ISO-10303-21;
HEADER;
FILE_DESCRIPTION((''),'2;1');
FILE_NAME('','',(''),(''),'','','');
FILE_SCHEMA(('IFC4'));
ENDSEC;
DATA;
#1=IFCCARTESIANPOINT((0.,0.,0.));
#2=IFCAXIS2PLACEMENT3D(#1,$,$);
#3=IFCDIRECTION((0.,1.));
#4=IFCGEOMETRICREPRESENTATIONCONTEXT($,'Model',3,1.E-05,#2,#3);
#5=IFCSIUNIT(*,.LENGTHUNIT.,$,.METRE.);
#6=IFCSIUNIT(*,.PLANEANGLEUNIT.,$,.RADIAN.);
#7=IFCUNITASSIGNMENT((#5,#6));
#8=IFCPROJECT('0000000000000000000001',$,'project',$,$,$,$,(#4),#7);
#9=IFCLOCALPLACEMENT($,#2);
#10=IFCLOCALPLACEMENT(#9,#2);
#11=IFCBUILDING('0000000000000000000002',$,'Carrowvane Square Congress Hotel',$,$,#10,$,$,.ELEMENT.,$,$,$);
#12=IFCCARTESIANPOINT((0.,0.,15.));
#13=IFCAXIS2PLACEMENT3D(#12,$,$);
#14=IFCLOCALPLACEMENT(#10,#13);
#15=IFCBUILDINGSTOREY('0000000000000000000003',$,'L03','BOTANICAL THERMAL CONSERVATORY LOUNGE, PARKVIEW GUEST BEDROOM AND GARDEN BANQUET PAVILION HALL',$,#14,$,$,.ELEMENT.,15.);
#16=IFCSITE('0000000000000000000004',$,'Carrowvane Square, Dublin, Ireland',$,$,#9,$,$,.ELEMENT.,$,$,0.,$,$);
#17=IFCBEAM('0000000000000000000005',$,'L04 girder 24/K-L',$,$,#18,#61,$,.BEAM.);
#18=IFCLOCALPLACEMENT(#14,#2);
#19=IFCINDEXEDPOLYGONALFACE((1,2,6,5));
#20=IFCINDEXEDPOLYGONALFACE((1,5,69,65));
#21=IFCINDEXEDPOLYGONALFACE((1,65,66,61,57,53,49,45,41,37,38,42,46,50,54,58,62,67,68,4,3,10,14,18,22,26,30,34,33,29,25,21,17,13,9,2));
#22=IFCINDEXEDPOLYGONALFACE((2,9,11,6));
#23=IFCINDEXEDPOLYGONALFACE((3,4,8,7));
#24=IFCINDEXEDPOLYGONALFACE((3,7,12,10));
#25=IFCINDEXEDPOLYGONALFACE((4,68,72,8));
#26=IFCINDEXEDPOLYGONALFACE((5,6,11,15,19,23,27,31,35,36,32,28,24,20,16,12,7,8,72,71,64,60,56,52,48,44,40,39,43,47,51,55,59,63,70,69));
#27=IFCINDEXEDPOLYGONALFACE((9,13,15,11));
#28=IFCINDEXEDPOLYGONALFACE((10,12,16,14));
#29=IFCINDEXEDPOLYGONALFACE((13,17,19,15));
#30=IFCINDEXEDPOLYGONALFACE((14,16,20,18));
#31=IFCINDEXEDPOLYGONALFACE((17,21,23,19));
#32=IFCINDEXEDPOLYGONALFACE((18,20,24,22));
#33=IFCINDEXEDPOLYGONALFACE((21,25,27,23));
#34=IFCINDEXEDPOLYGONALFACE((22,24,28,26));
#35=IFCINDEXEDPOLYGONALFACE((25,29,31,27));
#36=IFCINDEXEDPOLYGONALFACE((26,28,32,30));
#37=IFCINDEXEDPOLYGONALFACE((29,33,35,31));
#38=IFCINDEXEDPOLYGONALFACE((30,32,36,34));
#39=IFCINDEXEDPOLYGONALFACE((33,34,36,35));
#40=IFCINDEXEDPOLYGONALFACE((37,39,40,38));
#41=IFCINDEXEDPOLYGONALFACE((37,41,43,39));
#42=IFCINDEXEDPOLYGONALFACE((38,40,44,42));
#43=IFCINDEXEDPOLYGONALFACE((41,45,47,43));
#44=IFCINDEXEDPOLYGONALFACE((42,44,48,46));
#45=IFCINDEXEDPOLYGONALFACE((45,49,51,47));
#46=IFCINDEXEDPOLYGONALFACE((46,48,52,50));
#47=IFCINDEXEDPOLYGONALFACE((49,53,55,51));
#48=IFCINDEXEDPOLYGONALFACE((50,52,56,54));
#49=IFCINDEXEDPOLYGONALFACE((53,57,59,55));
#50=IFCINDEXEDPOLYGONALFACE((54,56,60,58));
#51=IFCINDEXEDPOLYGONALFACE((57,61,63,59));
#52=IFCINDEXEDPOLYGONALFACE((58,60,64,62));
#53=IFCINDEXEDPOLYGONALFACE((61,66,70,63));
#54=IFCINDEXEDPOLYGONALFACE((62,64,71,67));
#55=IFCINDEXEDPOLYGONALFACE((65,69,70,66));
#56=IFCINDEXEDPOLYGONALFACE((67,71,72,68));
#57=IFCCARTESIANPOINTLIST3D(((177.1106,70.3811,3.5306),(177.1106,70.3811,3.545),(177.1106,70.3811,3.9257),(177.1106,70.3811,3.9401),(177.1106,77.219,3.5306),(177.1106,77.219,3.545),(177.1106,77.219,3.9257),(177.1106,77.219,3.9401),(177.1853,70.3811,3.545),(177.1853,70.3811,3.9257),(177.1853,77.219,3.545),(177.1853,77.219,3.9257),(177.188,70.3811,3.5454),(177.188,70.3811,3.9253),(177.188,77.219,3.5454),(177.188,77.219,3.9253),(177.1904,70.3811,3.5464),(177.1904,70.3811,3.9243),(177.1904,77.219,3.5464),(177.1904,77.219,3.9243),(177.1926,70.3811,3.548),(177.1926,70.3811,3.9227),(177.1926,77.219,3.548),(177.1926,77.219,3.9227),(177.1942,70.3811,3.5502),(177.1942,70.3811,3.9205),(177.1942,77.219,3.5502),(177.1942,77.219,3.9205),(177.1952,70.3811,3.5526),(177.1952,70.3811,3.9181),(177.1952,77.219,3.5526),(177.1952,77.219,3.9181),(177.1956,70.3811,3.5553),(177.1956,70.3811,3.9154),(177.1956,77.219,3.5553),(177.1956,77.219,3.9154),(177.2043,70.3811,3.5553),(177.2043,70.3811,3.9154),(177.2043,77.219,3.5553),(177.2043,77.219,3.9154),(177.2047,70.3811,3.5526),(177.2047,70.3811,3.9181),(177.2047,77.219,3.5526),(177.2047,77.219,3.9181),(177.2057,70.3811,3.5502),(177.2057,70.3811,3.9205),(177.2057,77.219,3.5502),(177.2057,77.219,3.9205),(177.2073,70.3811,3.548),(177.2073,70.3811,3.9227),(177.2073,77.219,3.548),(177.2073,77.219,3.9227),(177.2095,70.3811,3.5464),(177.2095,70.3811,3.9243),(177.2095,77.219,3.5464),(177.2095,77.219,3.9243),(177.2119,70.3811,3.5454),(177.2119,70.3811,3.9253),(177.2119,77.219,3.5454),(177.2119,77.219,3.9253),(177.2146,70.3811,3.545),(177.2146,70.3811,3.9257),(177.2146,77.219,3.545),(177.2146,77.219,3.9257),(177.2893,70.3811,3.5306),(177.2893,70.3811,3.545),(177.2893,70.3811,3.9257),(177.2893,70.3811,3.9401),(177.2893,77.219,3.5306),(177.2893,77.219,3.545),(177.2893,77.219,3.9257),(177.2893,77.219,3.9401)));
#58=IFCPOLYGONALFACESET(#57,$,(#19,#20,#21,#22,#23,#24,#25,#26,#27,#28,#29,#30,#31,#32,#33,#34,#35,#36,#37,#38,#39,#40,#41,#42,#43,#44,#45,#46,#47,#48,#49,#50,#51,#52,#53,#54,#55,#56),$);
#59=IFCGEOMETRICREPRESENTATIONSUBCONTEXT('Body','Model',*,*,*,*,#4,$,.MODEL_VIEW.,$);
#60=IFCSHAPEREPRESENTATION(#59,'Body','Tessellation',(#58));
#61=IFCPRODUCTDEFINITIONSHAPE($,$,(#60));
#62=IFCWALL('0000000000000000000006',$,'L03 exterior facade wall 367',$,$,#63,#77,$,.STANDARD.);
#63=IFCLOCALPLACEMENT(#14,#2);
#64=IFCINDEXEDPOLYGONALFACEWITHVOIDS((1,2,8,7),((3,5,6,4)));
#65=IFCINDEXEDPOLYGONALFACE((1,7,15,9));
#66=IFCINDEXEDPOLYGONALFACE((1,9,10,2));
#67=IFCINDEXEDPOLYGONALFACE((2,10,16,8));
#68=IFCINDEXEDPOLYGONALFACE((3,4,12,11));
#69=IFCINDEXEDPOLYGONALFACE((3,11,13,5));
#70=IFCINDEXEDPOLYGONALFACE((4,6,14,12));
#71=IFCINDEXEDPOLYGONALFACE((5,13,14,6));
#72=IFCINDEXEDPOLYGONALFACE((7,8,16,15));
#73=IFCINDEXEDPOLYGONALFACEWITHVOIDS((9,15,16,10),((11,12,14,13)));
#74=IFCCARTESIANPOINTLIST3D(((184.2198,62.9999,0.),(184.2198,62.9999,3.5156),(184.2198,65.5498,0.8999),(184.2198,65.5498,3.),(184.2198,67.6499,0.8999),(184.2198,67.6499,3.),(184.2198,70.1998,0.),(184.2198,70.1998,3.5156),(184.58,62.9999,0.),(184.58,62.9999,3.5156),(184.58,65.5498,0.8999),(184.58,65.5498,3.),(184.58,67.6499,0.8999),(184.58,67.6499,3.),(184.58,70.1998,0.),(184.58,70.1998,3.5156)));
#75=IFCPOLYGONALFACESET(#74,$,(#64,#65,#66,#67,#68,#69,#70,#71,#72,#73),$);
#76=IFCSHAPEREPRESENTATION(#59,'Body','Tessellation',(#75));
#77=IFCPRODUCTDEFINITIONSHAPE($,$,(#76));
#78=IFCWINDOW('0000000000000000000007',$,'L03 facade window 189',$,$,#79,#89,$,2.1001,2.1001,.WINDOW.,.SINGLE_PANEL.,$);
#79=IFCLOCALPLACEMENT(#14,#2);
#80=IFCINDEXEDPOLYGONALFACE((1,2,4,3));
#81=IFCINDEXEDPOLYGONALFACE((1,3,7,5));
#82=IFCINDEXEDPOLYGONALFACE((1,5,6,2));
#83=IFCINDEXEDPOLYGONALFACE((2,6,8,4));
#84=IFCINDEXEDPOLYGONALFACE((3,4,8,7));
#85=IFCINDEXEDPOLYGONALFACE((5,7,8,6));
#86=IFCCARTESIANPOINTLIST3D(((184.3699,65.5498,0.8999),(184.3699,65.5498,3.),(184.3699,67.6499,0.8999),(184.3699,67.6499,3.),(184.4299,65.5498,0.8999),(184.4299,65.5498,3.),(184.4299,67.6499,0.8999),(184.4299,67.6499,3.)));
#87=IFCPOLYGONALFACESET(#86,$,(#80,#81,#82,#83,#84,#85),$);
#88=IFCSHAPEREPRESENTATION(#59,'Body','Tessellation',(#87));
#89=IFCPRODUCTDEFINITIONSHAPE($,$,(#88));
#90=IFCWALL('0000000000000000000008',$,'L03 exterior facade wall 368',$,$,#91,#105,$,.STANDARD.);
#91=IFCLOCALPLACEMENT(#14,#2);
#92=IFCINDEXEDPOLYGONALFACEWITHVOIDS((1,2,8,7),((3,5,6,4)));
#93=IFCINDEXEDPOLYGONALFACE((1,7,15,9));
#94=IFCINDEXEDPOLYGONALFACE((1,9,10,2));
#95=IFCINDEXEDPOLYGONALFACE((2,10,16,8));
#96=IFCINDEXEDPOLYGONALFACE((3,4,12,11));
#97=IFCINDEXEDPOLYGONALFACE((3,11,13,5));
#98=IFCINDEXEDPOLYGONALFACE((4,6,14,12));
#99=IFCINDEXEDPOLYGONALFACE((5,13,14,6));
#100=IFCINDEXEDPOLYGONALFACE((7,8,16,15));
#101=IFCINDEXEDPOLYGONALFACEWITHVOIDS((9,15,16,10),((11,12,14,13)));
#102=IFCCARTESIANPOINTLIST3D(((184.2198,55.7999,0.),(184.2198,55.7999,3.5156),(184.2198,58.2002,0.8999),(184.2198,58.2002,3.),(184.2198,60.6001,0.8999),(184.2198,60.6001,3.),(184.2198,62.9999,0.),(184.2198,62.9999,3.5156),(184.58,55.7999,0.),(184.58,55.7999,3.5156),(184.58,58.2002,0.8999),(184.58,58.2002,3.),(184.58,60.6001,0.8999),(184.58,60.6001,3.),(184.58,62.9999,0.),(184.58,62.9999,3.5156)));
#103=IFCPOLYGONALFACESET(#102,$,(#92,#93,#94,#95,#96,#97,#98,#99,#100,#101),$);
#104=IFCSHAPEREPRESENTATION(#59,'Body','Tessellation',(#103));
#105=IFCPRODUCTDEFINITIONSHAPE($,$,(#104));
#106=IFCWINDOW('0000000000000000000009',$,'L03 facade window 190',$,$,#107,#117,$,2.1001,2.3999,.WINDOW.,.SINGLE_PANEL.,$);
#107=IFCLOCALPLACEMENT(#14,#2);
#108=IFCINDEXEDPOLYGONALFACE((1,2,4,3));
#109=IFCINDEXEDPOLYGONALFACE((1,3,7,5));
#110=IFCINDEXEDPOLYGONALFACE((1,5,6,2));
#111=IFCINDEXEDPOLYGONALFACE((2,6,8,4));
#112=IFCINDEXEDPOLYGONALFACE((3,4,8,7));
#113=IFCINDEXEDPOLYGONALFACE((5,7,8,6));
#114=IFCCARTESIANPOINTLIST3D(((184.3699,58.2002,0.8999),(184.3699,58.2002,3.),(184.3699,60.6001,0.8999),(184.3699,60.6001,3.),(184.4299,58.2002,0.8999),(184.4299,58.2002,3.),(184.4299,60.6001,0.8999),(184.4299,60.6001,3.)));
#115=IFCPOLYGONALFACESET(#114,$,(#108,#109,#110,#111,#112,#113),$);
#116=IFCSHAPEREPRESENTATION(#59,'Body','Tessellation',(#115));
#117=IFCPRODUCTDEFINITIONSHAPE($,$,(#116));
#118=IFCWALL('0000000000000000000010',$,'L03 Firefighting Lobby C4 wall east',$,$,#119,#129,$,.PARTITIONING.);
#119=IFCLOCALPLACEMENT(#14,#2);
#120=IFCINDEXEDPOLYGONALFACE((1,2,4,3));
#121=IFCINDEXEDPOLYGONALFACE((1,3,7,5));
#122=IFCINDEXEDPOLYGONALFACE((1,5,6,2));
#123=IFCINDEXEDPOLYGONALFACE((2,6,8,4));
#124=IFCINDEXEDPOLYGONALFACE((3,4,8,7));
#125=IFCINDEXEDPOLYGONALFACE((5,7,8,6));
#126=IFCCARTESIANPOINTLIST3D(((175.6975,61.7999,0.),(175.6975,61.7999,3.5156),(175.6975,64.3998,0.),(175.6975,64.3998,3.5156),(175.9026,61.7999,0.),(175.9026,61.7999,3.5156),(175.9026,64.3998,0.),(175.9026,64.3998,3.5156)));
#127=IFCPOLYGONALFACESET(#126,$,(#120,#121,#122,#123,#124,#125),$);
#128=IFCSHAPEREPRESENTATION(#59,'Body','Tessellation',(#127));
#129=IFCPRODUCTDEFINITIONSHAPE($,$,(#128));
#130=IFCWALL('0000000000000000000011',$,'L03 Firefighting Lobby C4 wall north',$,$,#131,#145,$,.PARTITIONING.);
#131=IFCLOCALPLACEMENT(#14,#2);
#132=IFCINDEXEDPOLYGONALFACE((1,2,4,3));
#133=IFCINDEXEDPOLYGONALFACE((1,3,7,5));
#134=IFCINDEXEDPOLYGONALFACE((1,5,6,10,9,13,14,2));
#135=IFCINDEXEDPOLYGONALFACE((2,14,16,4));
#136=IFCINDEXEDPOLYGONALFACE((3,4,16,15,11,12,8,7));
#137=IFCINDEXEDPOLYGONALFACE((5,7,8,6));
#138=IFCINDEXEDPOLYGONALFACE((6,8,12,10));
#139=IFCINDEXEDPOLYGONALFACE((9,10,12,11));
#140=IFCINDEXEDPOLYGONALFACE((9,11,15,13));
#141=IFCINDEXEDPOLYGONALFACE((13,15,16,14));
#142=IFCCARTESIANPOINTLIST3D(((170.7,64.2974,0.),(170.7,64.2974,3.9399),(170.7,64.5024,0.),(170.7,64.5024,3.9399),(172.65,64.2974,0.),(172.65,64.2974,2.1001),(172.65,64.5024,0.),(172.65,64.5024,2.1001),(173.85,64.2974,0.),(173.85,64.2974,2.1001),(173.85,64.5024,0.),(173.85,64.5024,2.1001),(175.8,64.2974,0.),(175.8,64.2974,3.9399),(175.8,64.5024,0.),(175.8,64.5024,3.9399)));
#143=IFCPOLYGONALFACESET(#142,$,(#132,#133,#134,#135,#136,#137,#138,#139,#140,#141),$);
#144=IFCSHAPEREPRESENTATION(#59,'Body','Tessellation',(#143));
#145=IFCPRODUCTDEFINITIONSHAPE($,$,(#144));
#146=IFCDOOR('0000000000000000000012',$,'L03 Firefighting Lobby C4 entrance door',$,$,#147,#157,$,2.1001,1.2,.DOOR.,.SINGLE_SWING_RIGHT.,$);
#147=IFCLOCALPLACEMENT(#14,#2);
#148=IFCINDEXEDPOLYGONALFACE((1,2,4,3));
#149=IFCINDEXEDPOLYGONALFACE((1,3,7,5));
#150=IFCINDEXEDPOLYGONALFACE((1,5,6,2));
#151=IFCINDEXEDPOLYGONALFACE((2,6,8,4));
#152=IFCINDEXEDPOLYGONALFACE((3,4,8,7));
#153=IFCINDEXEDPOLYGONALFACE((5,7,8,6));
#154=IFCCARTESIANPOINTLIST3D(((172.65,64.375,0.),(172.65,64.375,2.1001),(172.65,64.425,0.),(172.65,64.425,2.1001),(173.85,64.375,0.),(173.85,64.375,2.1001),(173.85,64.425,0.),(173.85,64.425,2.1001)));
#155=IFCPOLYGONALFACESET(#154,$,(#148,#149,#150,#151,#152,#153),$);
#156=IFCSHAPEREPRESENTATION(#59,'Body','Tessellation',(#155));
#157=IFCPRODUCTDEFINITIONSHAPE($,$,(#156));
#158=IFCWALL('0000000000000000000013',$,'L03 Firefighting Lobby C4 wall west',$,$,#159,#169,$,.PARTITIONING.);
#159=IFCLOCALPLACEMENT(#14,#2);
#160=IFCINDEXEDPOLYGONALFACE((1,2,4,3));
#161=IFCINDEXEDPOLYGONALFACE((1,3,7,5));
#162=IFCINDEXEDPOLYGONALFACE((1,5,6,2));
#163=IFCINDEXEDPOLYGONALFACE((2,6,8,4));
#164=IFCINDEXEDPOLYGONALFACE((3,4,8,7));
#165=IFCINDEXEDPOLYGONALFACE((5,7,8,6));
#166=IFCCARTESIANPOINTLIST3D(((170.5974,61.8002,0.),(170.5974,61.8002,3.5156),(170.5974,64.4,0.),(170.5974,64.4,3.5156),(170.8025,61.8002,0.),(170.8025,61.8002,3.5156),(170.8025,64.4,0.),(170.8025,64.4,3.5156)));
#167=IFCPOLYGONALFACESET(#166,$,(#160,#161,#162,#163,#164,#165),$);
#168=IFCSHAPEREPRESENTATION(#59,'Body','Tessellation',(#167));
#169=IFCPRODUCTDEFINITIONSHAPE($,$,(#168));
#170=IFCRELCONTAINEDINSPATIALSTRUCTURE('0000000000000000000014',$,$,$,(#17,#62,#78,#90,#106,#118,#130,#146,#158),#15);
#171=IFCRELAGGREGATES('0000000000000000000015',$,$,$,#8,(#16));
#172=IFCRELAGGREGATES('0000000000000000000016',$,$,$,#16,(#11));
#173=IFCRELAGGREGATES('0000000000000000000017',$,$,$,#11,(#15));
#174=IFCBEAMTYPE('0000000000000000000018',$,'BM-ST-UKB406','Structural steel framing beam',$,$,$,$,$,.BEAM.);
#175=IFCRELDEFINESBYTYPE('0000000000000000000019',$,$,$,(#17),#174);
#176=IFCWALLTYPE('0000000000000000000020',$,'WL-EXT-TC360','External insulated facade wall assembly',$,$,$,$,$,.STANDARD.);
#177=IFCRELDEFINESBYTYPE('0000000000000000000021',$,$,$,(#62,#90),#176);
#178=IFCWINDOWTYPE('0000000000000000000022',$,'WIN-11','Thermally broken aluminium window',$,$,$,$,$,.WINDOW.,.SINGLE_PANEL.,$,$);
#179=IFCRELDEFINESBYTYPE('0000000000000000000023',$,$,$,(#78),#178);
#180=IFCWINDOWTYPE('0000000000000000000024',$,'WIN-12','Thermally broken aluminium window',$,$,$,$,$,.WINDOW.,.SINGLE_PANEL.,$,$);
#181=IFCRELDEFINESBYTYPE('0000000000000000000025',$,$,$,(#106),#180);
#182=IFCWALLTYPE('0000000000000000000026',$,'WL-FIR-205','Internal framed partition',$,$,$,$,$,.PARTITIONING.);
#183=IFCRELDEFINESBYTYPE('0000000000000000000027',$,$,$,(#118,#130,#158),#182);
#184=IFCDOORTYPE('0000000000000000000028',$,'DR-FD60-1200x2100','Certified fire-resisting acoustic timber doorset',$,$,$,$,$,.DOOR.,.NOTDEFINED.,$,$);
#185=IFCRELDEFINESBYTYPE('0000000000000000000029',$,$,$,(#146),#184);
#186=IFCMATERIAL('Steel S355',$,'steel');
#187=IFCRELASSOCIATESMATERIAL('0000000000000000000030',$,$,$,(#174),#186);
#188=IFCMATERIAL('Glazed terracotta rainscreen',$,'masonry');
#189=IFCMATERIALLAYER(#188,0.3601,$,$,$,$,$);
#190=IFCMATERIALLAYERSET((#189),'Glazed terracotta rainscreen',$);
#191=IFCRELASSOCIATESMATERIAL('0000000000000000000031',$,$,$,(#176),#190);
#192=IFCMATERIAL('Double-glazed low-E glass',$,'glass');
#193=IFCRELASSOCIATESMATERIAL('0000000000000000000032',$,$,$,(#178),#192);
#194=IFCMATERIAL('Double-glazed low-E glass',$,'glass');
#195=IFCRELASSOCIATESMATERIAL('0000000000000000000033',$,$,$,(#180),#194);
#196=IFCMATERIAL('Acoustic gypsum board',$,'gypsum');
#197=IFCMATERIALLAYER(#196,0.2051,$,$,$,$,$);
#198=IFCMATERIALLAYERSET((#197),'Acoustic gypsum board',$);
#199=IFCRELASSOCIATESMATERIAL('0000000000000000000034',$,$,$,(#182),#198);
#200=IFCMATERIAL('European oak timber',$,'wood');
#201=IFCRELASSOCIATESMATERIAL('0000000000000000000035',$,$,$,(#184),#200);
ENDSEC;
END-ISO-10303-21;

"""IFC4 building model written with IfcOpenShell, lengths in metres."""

from ifc_helpers import new_model, si_unit, direction, frame, frame_2d, origin, origin_2d, place, context, subcontext, project, spatial, rectangle, i_section, extrude, material, layer, layer_set, material_profile, profile_set, type_object, element, fill, save


model = new_model("IFC4")

# Units and contexts
model_context = context("Model", 3, precision=1e-05, world=origin(), true_north=direction((0.0, 1.0)))
body_context = subcontext(model_context, "Body", "Model", "MODEL_VIEW")
ifc_project = project(units=[si_unit("LENGTHUNIT", "METRE"), si_unit("PLANEANGLEUNIT", "RADIAN")], contexts=[model_context])

# Site, building, storey
site_placement = place(None, origin())
site = spatial("IfcSite", under=ifc_project, at=site_placement, Name="Carrowvane Square, Dublin, Ireland", CompositionType="ELEMENT", RefElevation=0.0)
building_placement = place(site_placement, origin())
building = spatial("IfcBuilding", under=site, at=building_placement, Name="Carrowvane Square Congress Hotel", CompositionType="ELEMENT")
storey_placement = place(building_placement, frame((0.0, 0.0, 15.0)))
storey = spatial("IfcBuildingStorey", under=building, at=storey_placement, Name="L03", Description="BOTANICAL THERMAL CONSERVATORY LOUNGE, PARKVIEW GUEST BEDROOM AND GARDEN BANQUET PAVILION HALL", CompositionType="ELEMENT", Elevation=15.0)

# Beam
ifc_material_1 = material(Name="Steel S355", Category="steel")
ifc_material_profile_1 = material_profile(ifc_material_1, i_section(OverallWidth=0.1787, OverallDepth=0.4094, WebThickness=0.0088, FlangeThickness=0.0144, FilletRadius=0.0103, at=origin_2d()), Name="UKB 406x178x67")
ifc_profile_set_1 = profile_set([ifc_material_profile_1], Name="Steel S355")
beam_type_1 = type_object("IfcBeamType", Name="BM-ST-UKB406", Description="Structural steel framing beam", PredefinedType="BEAM", material=ifc_profile_set_1)
beam_1_placement = place(storey_placement, frame((177.2, 70.3811, 3.7354), z_axis=(0.0, 1.0, 0.0), x_axis=(-1.0, 0.0, 0.0)))
element("IfcBeam", 1, at=beam_1_placement, inside=storey, type_object=beam_type_1, Name="L04 girder 24/K-L", PredefinedType="BEAM", context=body_context, shape_type="SweptSolid", body=[
    extrude(i_section(OverallWidth=0.1787, OverallDepth=0.4094, WebThickness=0.0088, FlangeThickness=0.0144, FilletRadius=0.0103, at=origin_2d()), origin(), (0.0, 0.0, 1.0), 6.8379),
])

# Walls, openings, windows
ifc_material_2 = material(Name="Glazed terracotta rainscreen", Category="masonry")
ifc_layer_1 = layer(ifc_material_2, 0.3601)
ifc_layer_set_1 = layer_set([ifc_layer_1], Name="Glazed terracotta rainscreen")
wall_type_1 = type_object("IfcWallType", Name="WL-EXT-TC360", Description="External insulated facade wall assembly", PredefinedType="STANDARD", material=ifc_layer_set_1)
wall_1_placement = place(storey_placement, frame((184.3999, 70.2, 0.0), z_axis=(0.0, 0.0, 1.0), x_axis=(0.0, -1.0, 0.0)))
wall_1 = element("IfcWall", 2, at=wall_1_placement, inside=storey, type_object=wall_type_1, Name="L03 exterior facade wall 367", PredefinedType="STANDARD", context=body_context, shape_type="SweptSolid", body=[
    extrude(rectangle(XDim=7.2, YDim=0.3601, at=frame_2d((3.6001, 0.0))), origin(), (0.0, 0.0, 1.0), 3.5156),
])
opening_1_placement = place(wall_1_placement, frame((2.55, 0.0, 0.8999)))
opening_1 = element("IfcOpeningElement", 3, at=opening_1_placement, cuts=wall_1, PredefinedType="OPENING", context=body_context, shape_type="SweptSolid", body=[
    extrude(rectangle(XDim=2.1001, YDim=2.1001, at=frame_2d((1.05, 1.05))), frame((0.0, 0.1899, 0.0), z_axis=(0.0, -1.0, 0.0), x_axis=(1.0, 0.0, 0.0)), (0.0, 0.0, 1.0), 0.3801),
])
ifc_material_3 = material(Name="Double-glazed low-E glass", Category="glass")
window_type_1 = type_object("IfcWindowType", Name="WIN-11", Description="Thermally broken aluminium window", PartitioningType="SINGLE_PANEL", PredefinedType="WINDOW", material=ifc_material_3)
window_1_placement = place(opening_1_placement, origin())
window_1 = element("IfcWindow", 4, at=window_1_placement, inside=storey, type_object=window_type_1, Name="L03 facade window 189", OverallHeight=2.1001, OverallWidth=2.1001, PartitioningType="SINGLE_PANEL", PredefinedType="WINDOW", context=body_context, shape_type="SweptSolid", body=[
    extrude(rectangle(XDim=2.1001, YDim=2.1001, at=frame_2d((1.05, 1.05))), frame((0.0, 0.03, 0.0), z_axis=(0.0, -1.0, 0.0), x_axis=(1.0, 0.0, 0.0)), (0.0, 0.0, 1.0), 0.0601),
])
fill(opening_1, window_1)
wall_2_placement = place(storey_placement, frame((184.3999, 63.0, 0.0), z_axis=(0.0, 0.0, 1.0), x_axis=(0.0, -1.0, 0.0)))
wall_2 = element("IfcWall", 5, at=wall_2_placement, inside=storey, type_object=wall_type_1, Name="L03 exterior facade wall 368", PredefinedType="STANDARD", context=body_context, shape_type="SweptSolid", body=[
    extrude(rectangle(XDim=7.2, YDim=0.3601, at=frame_2d((3.6001, 0.0))), origin(), (0.0, 0.0, 1.0), 3.5156),
])
opening_2_placement = place(wall_2_placement, frame((2.3999, 0.0, 0.8999)))
opening_2 = element("IfcOpeningElement", 6, at=opening_2_placement, cuts=wall_2, PredefinedType="OPENING", context=body_context, shape_type="SweptSolid", body=[
    extrude(rectangle(XDim=2.3999, YDim=2.1001, at=frame_2d((1.2, 1.05))), frame((0.0, 0.1899, 0.0), z_axis=(0.0, -1.0, 0.0), x_axis=(1.0, 0.0, 0.0)), (0.0, 0.0, 1.0), 0.3801),
])
ifc_material_4 = material(Name="Double-glazed low-E glass", Category="glass")
window_type_2 = type_object("IfcWindowType", Name="WIN-12", Description="Thermally broken aluminium window", PartitioningType="SINGLE_PANEL", PredefinedType="WINDOW", material=ifc_material_4)
window_2_placement = place(opening_2_placement, origin())
window_2 = element("IfcWindow", 7, at=window_2_placement, inside=storey, type_object=window_type_2, Name="L03 facade window 190", OverallHeight=2.1001, OverallWidth=2.3999, PartitioningType="SINGLE_PANEL", PredefinedType="WINDOW", context=body_context, shape_type="SweptSolid", body=[
    extrude(rectangle(XDim=2.3999, YDim=2.1001, at=frame_2d((1.2, 1.05))), frame((0.0, 0.03, 0.0), z_axis=(0.0, -1.0, 0.0), x_axis=(1.0, 0.0, 0.0)), (0.0, 0.0, 1.0), 0.0601),
])
fill(opening_2, window_2)

# Wall
ifc_material_5 = material(Name="Acoustic gypsum board", Category="gypsum")
ifc_layer_2 = layer(ifc_material_5, 0.2051)
ifc_layer_set_2 = layer_set([ifc_layer_2], Name="Acoustic gypsum board")
wall_type_2 = type_object("IfcWallType", Name="WL-FIR-205", Description="Internal framed partition", PredefinedType="PARTITIONING", material=ifc_layer_set_2)
wall_3_placement = place(storey_placement, frame((175.8, 61.8, 0.0), z_axis=(0.0, 0.0, 1.0), x_axis=(0.0, 1.0, 0.0)))
element("IfcWall", 8, at=wall_3_placement, inside=storey, type_object=wall_type_2, Name="L03 Firefighting Lobby C4 wall east", PredefinedType="PARTITIONING", context=body_context, shape_type="SweptSolid", body=[
    extrude(rectangle(XDim=2.5999, YDim=0.2051, at=frame_2d((1.2998, 0.0))), origin(), (0.0, 0.0, 1.0), 3.5156),
])

# Wall, opening, door
wall_4_placement = place(storey_placement, frame((175.8, 64.3999, 0.0), z_axis=(0.0, 0.0, 1.0), x_axis=(-1.0, 0.0, 0.0)))
wall_4 = element("IfcWall", 9, at=wall_4_placement, inside=storey, type_object=wall_type_2, Name="L03 Firefighting Lobby C4 wall north", PredefinedType="PARTITIONING", context=body_context, shape_type="SweptSolid", body=[
    extrude(rectangle(XDim=5.1001, YDim=0.2051, at=frame_2d((2.55, 0.0))), origin(), (0.0, 0.0, 1.0), 3.9399),
])
opening_3_placement = place(wall_4_placement, frame((1.95, 0.0, 0.0)))
opening_3 = element("IfcOpeningElement", 10, at=opening_3_placement, cuts=wall_4, PredefinedType="OPENING", context=body_context, shape_type="SweptSolid", body=[
    extrude(rectangle(XDim=1.2, YDim=2.1001, at=frame_2d((0.6001, 1.05))), frame((0.0, 0.1125, 0.0), z_axis=(0.0, -1.0, 0.0), x_axis=(1.0, 0.0, 0.0)), (0.0, 0.0, 1.0), 0.2251),
])
ifc_material_6 = material(Name="European oak timber", Category="wood")
door_type_1 = type_object("IfcDoorType", Name="DR-FD60-1200x2100", Description="Certified fire-resisting acoustic timber doorset", OperationType="NOTDEFINED", PredefinedType="DOOR", material=ifc_material_6)
door_1_placement = place(opening_3_placement, origin())
door_1 = element("IfcDoor", 11, at=door_1_placement, inside=storey, type_object=door_type_1, Name="L03 Firefighting Lobby C4 entrance door", OperationType="SINGLE_SWING_RIGHT", OverallHeight=2.1001, OverallWidth=1.2, PredefinedType="DOOR", context=body_context, shape_type="SweptSolid", body=[
    extrude(rectangle(XDim=1.2, YDim=2.1001, at=frame_2d((0.6001, 1.05))), frame((0.0, 0.0249, 0.0), z_axis=(0.0, -1.0, 0.0), x_axis=(1.0, 0.0, 0.0)), (0.0, 0.0, 1.0), 0.05),
])
fill(opening_3, door_1)

# Wall
wall_5_placement = place(storey_placement, frame((170.7, 64.3999, 0.0), z_axis=(0.0, 0.0, 1.0), x_axis=(0.0, -1.0, 0.0)))
element("IfcWall", 12, at=wall_5_placement, inside=storey, type_object=wall_type_2, Name="L03 Firefighting Lobby C4 wall west", PredefinedType="PARTITIONING", context=body_context, shape_type="SweptSolid", body=[
    extrude(rectangle(XDim=2.5999, YDim=0.2051, at=frame_2d((1.2998, 0.0))), origin(), (0.0, 0.0, 1.0), 3.5156),
])

save(model, "model.ifc")
